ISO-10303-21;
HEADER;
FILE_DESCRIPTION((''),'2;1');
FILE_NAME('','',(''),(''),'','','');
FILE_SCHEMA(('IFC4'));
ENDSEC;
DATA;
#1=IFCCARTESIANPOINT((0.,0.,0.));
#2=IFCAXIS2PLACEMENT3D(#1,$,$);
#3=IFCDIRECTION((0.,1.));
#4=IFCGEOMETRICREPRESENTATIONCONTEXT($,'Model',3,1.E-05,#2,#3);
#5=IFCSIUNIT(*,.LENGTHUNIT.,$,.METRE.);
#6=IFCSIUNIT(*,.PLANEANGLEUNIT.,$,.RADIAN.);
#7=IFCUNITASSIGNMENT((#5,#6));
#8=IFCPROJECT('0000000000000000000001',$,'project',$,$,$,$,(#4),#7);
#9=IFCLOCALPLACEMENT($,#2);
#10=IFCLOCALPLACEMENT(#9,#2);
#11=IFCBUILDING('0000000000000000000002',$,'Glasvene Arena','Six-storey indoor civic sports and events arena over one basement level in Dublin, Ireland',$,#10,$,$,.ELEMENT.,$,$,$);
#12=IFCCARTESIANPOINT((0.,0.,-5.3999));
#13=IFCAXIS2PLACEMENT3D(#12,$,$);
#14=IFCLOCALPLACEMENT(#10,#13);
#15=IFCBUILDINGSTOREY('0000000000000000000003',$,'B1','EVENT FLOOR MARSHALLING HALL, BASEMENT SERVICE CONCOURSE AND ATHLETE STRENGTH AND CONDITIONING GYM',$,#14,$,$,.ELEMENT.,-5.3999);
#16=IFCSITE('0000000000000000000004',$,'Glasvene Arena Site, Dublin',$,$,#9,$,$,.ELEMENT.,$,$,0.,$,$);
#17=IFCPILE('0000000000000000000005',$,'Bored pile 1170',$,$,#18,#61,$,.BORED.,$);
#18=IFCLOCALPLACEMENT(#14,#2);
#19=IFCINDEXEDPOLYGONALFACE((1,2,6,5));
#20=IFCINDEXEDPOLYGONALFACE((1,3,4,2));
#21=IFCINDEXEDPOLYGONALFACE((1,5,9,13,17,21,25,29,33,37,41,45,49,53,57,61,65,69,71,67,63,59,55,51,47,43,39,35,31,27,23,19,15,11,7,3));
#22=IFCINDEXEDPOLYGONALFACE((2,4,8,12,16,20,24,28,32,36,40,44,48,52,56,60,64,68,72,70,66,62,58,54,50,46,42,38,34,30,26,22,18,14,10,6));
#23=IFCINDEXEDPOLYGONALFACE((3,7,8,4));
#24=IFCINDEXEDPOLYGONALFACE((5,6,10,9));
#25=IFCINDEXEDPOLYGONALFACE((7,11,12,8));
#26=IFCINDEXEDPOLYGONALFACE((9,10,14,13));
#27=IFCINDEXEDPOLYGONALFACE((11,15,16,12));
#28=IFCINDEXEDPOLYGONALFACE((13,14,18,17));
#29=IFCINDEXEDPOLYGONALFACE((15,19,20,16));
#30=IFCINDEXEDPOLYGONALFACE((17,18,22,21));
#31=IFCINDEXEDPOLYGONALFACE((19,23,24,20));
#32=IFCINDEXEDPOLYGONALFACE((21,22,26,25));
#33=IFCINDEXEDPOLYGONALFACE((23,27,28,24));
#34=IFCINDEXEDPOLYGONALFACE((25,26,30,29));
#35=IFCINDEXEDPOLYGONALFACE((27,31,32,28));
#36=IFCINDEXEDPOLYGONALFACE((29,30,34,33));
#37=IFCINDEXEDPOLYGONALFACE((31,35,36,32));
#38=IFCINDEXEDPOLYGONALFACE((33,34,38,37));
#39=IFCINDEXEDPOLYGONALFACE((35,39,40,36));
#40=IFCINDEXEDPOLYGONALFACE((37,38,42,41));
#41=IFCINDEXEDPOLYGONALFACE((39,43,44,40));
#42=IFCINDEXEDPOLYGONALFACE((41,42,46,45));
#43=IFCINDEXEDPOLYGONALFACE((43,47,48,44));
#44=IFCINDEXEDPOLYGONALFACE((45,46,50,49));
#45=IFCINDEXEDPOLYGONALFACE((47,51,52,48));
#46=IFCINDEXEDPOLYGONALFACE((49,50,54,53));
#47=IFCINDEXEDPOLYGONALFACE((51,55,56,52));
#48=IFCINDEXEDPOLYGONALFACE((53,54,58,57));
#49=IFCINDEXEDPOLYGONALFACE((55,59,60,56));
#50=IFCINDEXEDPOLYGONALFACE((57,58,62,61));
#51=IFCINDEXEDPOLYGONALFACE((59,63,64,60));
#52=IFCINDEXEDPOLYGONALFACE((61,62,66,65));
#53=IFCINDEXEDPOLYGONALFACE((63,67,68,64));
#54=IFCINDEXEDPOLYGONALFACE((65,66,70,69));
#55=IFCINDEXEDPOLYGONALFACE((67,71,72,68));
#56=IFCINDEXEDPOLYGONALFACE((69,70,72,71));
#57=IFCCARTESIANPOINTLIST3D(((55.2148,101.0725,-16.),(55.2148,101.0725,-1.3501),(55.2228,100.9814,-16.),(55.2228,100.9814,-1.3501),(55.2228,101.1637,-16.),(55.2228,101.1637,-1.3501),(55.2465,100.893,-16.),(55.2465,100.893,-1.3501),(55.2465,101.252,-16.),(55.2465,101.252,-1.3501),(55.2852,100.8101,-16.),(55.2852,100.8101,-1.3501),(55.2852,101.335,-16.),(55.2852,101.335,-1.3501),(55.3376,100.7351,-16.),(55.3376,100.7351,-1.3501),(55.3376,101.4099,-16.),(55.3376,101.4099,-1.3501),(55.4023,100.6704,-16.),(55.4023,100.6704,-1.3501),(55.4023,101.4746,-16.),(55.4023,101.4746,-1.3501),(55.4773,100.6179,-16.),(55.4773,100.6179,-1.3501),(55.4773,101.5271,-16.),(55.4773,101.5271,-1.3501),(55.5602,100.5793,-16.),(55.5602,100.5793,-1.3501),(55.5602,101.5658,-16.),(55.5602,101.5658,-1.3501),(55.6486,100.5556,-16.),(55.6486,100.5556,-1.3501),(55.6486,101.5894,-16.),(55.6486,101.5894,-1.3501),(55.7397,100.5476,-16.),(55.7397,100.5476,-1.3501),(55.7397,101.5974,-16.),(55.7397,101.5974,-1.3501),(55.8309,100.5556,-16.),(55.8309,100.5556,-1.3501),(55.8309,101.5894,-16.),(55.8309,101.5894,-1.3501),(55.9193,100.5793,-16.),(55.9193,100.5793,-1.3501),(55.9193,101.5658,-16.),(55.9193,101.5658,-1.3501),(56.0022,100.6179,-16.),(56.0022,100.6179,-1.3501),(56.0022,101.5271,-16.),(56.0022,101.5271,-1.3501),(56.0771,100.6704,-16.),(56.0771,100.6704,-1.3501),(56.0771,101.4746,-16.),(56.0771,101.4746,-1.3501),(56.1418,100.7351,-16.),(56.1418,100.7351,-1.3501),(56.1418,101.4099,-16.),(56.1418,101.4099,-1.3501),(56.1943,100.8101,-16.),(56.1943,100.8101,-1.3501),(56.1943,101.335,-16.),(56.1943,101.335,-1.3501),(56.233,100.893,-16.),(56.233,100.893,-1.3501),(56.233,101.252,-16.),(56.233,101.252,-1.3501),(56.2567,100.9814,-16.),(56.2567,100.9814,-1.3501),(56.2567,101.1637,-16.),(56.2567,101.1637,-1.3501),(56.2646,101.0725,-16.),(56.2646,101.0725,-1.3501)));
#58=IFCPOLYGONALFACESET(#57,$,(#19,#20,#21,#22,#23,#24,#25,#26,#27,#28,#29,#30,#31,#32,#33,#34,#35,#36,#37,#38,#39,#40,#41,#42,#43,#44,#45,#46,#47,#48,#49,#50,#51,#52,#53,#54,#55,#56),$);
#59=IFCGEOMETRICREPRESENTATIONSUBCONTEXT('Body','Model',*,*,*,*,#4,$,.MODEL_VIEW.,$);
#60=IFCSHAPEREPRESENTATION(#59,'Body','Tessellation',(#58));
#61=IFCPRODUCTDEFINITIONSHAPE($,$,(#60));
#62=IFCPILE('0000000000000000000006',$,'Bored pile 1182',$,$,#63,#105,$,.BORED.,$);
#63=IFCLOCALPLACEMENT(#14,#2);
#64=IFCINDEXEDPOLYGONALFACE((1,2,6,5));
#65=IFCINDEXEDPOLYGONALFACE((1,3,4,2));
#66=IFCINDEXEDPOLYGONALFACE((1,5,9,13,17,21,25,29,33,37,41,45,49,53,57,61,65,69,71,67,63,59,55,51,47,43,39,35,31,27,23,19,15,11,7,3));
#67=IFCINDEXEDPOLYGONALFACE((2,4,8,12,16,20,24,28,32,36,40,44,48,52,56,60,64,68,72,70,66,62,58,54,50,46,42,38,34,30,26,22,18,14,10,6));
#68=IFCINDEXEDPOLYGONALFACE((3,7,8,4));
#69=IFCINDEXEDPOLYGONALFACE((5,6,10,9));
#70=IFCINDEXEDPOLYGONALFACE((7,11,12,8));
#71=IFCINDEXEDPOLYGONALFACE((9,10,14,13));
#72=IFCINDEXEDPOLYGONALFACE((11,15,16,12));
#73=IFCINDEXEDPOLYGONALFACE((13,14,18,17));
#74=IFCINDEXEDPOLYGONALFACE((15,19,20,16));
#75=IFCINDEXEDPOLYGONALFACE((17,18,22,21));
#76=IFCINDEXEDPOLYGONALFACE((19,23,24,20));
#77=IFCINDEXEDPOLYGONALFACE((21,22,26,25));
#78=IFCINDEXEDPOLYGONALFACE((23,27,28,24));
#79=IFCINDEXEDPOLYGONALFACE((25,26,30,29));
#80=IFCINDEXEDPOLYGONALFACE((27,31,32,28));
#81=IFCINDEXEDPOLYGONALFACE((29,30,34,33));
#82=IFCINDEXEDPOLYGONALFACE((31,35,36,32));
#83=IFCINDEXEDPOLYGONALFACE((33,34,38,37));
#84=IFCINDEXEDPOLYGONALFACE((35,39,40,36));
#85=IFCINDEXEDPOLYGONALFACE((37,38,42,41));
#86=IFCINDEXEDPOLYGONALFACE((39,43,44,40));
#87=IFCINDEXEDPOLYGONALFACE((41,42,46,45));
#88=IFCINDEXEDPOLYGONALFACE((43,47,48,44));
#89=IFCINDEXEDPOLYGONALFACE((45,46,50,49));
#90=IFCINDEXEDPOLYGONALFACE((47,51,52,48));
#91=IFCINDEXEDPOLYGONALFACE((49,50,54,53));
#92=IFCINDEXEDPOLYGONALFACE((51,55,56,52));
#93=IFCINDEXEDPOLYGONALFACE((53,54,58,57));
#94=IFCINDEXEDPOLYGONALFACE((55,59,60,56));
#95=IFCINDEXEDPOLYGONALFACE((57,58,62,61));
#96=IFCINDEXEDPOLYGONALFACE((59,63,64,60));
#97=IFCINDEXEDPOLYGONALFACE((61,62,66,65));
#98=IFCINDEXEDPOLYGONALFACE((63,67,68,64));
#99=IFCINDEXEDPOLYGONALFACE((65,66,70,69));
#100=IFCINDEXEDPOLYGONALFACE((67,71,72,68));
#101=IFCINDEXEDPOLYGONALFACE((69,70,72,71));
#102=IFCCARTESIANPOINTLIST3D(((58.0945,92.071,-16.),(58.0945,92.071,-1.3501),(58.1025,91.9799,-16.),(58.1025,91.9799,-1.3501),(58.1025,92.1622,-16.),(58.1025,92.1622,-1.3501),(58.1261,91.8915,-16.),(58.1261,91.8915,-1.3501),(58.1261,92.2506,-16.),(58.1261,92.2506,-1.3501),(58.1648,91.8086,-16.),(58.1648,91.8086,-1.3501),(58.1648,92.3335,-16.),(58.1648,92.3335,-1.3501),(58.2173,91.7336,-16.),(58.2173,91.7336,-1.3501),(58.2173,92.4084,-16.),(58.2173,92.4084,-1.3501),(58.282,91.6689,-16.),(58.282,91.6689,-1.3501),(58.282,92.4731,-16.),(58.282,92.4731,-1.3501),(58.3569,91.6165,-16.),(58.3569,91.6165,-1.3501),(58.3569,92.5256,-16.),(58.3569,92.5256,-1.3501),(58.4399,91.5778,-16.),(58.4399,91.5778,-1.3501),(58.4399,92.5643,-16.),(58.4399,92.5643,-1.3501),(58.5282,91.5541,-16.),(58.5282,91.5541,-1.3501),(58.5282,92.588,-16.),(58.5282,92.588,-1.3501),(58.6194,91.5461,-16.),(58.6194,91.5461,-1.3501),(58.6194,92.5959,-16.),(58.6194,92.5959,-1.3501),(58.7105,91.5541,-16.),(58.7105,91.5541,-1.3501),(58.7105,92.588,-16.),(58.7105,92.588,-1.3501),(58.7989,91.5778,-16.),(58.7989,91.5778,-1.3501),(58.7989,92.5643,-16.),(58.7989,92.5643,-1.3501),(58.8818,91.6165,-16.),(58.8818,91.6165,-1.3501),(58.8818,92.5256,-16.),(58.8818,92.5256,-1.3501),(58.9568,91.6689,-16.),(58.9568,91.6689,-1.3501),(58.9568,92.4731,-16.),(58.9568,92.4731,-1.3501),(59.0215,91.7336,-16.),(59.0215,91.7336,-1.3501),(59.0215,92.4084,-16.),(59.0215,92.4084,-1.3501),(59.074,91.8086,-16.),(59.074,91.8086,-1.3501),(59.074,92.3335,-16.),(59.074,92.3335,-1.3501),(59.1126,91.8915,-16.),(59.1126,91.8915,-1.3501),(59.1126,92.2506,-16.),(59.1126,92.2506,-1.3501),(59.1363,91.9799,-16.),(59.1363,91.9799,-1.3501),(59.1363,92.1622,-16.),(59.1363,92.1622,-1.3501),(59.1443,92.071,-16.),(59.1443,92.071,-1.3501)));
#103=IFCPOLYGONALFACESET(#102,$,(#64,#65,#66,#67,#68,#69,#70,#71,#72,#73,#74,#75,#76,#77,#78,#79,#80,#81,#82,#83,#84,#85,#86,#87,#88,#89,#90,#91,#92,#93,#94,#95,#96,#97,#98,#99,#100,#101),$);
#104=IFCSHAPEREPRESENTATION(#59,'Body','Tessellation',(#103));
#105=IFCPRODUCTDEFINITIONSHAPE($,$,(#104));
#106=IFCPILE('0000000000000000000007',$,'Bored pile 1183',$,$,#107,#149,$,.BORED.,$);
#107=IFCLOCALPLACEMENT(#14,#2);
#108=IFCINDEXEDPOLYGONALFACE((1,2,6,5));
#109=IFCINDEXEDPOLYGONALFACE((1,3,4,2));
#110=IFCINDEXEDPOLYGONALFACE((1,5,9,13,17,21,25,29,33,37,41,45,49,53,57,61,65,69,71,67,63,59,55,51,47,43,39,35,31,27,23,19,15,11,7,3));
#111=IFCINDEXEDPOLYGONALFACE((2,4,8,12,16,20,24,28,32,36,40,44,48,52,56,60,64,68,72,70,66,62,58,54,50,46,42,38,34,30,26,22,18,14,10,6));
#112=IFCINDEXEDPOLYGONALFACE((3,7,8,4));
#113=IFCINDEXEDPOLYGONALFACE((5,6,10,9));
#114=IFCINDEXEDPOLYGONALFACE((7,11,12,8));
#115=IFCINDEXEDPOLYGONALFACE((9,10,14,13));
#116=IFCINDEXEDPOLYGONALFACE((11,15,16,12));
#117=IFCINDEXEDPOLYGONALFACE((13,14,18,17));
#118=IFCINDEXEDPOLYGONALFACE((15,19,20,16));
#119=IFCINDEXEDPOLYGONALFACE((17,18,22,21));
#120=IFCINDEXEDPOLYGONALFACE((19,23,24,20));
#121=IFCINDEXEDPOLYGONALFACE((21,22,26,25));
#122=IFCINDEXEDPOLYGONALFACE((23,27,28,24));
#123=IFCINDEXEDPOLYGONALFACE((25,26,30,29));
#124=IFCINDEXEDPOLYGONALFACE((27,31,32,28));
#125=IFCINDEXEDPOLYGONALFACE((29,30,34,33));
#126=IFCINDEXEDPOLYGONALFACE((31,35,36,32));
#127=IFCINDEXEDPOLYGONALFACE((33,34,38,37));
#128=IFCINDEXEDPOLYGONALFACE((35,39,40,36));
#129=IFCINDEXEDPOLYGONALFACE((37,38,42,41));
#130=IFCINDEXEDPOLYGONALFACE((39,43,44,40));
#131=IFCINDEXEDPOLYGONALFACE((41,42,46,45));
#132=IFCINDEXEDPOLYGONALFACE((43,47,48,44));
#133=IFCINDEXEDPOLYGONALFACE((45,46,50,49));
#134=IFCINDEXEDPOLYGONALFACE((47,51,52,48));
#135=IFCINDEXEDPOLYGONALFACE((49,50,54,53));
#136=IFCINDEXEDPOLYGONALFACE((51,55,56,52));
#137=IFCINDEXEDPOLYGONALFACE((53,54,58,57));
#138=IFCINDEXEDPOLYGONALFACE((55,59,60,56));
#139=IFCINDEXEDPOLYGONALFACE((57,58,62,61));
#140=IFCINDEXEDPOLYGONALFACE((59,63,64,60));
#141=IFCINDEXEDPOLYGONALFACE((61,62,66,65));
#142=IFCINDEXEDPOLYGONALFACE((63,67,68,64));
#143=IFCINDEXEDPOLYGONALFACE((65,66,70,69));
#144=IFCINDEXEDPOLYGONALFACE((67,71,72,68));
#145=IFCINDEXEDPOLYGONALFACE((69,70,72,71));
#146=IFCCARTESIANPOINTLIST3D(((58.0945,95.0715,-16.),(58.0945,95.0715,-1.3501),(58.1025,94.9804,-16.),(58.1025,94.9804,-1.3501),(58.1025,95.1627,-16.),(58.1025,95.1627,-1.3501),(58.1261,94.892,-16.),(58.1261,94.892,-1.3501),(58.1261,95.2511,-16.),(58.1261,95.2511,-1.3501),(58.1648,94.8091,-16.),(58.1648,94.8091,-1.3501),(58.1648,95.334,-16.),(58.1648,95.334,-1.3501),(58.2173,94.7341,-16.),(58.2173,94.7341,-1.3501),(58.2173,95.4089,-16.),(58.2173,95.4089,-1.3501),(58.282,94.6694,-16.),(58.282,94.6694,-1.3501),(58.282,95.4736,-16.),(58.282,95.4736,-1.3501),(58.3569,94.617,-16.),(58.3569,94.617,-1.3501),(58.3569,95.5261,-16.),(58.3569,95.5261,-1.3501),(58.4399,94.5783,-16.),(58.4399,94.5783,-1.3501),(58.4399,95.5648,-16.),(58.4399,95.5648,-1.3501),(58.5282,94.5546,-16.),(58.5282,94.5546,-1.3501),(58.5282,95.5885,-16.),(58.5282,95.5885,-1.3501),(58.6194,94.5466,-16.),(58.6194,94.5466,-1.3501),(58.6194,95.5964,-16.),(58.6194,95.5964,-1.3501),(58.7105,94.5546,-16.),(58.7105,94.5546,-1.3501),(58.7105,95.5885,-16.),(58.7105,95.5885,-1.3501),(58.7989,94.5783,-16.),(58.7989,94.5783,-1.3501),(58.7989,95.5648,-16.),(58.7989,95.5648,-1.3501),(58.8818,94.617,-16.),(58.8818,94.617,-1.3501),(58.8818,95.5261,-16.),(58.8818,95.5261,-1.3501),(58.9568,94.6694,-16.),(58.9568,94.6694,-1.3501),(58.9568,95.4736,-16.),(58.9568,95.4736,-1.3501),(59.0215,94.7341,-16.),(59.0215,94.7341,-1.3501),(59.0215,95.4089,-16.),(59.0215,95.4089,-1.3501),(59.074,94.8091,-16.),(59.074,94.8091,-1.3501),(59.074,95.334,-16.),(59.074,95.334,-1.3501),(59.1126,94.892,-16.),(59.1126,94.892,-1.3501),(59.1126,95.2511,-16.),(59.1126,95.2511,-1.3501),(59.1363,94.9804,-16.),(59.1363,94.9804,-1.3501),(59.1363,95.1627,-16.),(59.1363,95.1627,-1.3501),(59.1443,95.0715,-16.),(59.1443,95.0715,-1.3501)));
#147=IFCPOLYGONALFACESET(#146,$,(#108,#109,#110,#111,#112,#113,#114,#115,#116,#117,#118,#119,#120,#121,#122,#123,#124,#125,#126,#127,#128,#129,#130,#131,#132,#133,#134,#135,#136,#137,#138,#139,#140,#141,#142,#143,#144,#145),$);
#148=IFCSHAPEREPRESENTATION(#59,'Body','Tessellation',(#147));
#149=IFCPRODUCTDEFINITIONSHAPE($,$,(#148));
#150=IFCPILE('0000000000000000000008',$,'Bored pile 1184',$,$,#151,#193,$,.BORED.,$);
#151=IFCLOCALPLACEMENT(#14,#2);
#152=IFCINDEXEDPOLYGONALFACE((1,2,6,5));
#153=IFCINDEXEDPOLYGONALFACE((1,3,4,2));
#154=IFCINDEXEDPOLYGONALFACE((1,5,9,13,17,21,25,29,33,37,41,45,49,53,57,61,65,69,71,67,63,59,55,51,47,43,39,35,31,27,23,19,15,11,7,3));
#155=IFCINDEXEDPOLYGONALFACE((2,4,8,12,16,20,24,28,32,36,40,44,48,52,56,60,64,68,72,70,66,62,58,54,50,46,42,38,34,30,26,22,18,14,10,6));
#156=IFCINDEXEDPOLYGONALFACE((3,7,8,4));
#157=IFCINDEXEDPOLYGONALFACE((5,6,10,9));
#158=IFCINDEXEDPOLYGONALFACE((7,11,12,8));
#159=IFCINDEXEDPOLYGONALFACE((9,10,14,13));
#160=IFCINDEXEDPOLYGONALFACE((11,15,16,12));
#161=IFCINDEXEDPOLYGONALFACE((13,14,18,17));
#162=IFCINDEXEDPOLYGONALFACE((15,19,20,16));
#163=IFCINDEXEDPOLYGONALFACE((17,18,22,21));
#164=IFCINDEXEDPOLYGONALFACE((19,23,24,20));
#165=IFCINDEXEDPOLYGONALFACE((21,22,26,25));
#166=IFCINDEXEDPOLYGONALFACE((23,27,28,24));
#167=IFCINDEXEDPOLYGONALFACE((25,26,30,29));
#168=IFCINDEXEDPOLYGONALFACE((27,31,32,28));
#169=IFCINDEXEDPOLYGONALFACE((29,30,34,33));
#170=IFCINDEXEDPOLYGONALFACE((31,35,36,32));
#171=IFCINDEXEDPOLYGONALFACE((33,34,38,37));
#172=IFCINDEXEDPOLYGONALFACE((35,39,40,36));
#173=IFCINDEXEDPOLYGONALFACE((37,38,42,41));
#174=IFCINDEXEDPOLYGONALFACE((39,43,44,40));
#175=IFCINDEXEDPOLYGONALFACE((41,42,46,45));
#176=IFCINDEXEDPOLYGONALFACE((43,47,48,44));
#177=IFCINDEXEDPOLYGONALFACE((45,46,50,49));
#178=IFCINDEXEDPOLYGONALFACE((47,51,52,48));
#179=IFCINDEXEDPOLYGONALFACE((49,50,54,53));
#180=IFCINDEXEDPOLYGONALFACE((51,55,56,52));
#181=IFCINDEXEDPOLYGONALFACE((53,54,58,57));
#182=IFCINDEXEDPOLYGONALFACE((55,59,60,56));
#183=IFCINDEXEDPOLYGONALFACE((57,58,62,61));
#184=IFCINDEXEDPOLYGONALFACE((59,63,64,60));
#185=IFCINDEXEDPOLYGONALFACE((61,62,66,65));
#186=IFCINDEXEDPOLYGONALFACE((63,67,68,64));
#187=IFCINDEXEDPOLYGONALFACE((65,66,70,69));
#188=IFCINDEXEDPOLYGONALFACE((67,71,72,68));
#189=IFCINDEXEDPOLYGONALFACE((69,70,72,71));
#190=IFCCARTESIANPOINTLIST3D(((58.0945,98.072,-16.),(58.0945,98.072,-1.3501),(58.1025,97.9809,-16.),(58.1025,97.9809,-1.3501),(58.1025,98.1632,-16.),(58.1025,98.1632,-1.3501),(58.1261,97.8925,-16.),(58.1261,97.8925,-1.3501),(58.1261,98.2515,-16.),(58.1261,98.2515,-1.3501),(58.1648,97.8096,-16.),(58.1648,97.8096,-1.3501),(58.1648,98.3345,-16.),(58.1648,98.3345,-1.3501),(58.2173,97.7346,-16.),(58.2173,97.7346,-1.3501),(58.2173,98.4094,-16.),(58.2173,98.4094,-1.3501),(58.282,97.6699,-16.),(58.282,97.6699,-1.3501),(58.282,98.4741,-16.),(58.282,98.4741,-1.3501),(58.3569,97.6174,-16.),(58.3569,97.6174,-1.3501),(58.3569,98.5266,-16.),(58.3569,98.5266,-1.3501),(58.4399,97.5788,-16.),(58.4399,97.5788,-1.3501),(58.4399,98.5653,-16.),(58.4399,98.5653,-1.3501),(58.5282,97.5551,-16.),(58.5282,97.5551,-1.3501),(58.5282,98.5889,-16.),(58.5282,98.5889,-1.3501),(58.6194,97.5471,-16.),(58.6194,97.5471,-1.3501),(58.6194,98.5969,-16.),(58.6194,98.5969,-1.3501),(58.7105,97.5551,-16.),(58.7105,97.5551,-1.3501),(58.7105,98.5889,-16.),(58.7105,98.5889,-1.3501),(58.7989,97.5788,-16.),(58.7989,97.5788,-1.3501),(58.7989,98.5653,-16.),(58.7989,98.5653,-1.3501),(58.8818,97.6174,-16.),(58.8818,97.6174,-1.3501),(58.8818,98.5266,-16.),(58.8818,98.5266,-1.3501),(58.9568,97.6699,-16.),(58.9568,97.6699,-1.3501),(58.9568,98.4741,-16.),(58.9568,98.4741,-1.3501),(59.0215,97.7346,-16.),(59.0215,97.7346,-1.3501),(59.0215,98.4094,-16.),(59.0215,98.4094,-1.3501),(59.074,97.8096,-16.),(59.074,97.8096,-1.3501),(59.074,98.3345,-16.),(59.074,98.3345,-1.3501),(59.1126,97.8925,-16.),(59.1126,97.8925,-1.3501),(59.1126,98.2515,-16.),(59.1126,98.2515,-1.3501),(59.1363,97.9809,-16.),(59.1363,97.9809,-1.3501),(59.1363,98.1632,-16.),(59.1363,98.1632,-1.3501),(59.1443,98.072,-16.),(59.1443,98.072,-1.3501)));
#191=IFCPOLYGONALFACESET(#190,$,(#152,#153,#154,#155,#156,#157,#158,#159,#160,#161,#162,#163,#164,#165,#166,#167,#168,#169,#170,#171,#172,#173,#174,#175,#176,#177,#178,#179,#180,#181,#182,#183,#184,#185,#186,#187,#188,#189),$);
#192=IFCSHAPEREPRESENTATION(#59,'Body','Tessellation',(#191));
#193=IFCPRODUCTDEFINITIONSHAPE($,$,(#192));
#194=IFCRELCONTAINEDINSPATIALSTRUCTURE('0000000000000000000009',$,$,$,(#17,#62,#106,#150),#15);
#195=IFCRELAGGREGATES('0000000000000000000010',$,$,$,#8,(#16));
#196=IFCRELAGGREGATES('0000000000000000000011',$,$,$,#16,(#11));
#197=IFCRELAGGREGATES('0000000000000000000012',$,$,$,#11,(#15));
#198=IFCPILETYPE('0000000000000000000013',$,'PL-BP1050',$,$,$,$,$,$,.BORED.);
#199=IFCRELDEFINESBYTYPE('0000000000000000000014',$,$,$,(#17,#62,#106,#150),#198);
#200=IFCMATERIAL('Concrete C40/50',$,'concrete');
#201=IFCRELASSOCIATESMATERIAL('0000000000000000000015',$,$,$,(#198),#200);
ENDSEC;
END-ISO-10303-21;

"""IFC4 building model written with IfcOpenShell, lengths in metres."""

from ifc_helpers import new_model, si_unit, direction, frame, origin, origin_2d, place, context, subcontext, project, spatial, circle, extrude, material, material_profile, profile_set, type_object, element, save


model = new_model("IFC4")

# Units and contexts
model_context = context("Model", 3, precision=1e-05, world=origin(), true_north=direction((0.0, 1.0)))
body_context = subcontext(model_context, "Body", "Model", "MODEL_VIEW")
ifc_project = project(units=[si_unit("LENGTHUNIT", "METRE"), si_unit("PLANEANGLEUNIT", "RADIAN")], contexts=[model_context])

# Site, building, storey
site_placement = place(None, origin())
site = spatial("IfcSite", under=ifc_project, at=site_placement, Name="Glasvene Arena Site, Dublin", CompositionType="ELEMENT", RefElevation=0.0)
building_placement = place(site_placement, origin())
building = spatial("IfcBuilding", under=site, at=building_placement, Name="Glasvene Arena", Description="Six-storey indoor civic sports and events arena over one basement level in Dublin, Ireland", CompositionType="ELEMENT")
storey_placement = place(building_placement, frame((0.0, 0.0, -5.3999)))
storey = spatial("IfcBuildingStorey", under=building, at=storey_placement, Name="B1", Description="EVENT FLOOR MARSHALLING HALL, BASEMENT SERVICE CONCOURSE AND ATHLETE STRENGTH AND CONDITIONING GYM", CompositionType="ELEMENT", Elevation=-5.3999)

# Piles
ifc_material_1 = material(Name="Concrete C40/50", Category="concrete")
ifc_material_profile_1 = material_profile(ifc_material_1, circle(Radius=0.5249, at=origin_2d()), Name="BORED PILE 1050")
ifc_profile_set_1 = profile_set([ifc_material_profile_1], Name="Concrete C40/50")
pile_type = type_object("IfcPileType", Name="PL-BP1050", PredefinedType="BORED", material=ifc_profile_set_1)
for number, where, z_axis, x_axis, name in (
    (1, (55.7397, 101.0725, -1.3501), (0.0, 0.0, -1.0), (1.0, 0.0, 0.0), "Bored pile 1170"),
    (2, (58.6194, 92.071, -1.3501), (0.0, 0.0, -1.0), (1.0, 0.0, 0.0), "Bored pile 1182"),
    (3, (58.6194, 95.0715, -1.3501), (0.0, 0.0, -1.0), (1.0, 0.0, 0.0), "Bored pile 1183"),
    (4, (58.6194, 98.072, -1.3501), (0.0, 0.0, -1.0), (1.0, 0.0, 0.0), "Bored pile 1184"),
):
    element("IfcPile", number, at=place(storey_placement, frame(where, z_axis=z_axis, x_axis=x_axis)), inside=storey, type_object=pile_type, Name=name, PredefinedType="BORED", context=body_context, shape_type="SweptSolid", body=[
        extrude(circle(Radius=0.5249, at=origin_2d()), origin(), (0.0, 0.0, 1.0), 14.6499),
    ])

save(model, "model.ifc")
